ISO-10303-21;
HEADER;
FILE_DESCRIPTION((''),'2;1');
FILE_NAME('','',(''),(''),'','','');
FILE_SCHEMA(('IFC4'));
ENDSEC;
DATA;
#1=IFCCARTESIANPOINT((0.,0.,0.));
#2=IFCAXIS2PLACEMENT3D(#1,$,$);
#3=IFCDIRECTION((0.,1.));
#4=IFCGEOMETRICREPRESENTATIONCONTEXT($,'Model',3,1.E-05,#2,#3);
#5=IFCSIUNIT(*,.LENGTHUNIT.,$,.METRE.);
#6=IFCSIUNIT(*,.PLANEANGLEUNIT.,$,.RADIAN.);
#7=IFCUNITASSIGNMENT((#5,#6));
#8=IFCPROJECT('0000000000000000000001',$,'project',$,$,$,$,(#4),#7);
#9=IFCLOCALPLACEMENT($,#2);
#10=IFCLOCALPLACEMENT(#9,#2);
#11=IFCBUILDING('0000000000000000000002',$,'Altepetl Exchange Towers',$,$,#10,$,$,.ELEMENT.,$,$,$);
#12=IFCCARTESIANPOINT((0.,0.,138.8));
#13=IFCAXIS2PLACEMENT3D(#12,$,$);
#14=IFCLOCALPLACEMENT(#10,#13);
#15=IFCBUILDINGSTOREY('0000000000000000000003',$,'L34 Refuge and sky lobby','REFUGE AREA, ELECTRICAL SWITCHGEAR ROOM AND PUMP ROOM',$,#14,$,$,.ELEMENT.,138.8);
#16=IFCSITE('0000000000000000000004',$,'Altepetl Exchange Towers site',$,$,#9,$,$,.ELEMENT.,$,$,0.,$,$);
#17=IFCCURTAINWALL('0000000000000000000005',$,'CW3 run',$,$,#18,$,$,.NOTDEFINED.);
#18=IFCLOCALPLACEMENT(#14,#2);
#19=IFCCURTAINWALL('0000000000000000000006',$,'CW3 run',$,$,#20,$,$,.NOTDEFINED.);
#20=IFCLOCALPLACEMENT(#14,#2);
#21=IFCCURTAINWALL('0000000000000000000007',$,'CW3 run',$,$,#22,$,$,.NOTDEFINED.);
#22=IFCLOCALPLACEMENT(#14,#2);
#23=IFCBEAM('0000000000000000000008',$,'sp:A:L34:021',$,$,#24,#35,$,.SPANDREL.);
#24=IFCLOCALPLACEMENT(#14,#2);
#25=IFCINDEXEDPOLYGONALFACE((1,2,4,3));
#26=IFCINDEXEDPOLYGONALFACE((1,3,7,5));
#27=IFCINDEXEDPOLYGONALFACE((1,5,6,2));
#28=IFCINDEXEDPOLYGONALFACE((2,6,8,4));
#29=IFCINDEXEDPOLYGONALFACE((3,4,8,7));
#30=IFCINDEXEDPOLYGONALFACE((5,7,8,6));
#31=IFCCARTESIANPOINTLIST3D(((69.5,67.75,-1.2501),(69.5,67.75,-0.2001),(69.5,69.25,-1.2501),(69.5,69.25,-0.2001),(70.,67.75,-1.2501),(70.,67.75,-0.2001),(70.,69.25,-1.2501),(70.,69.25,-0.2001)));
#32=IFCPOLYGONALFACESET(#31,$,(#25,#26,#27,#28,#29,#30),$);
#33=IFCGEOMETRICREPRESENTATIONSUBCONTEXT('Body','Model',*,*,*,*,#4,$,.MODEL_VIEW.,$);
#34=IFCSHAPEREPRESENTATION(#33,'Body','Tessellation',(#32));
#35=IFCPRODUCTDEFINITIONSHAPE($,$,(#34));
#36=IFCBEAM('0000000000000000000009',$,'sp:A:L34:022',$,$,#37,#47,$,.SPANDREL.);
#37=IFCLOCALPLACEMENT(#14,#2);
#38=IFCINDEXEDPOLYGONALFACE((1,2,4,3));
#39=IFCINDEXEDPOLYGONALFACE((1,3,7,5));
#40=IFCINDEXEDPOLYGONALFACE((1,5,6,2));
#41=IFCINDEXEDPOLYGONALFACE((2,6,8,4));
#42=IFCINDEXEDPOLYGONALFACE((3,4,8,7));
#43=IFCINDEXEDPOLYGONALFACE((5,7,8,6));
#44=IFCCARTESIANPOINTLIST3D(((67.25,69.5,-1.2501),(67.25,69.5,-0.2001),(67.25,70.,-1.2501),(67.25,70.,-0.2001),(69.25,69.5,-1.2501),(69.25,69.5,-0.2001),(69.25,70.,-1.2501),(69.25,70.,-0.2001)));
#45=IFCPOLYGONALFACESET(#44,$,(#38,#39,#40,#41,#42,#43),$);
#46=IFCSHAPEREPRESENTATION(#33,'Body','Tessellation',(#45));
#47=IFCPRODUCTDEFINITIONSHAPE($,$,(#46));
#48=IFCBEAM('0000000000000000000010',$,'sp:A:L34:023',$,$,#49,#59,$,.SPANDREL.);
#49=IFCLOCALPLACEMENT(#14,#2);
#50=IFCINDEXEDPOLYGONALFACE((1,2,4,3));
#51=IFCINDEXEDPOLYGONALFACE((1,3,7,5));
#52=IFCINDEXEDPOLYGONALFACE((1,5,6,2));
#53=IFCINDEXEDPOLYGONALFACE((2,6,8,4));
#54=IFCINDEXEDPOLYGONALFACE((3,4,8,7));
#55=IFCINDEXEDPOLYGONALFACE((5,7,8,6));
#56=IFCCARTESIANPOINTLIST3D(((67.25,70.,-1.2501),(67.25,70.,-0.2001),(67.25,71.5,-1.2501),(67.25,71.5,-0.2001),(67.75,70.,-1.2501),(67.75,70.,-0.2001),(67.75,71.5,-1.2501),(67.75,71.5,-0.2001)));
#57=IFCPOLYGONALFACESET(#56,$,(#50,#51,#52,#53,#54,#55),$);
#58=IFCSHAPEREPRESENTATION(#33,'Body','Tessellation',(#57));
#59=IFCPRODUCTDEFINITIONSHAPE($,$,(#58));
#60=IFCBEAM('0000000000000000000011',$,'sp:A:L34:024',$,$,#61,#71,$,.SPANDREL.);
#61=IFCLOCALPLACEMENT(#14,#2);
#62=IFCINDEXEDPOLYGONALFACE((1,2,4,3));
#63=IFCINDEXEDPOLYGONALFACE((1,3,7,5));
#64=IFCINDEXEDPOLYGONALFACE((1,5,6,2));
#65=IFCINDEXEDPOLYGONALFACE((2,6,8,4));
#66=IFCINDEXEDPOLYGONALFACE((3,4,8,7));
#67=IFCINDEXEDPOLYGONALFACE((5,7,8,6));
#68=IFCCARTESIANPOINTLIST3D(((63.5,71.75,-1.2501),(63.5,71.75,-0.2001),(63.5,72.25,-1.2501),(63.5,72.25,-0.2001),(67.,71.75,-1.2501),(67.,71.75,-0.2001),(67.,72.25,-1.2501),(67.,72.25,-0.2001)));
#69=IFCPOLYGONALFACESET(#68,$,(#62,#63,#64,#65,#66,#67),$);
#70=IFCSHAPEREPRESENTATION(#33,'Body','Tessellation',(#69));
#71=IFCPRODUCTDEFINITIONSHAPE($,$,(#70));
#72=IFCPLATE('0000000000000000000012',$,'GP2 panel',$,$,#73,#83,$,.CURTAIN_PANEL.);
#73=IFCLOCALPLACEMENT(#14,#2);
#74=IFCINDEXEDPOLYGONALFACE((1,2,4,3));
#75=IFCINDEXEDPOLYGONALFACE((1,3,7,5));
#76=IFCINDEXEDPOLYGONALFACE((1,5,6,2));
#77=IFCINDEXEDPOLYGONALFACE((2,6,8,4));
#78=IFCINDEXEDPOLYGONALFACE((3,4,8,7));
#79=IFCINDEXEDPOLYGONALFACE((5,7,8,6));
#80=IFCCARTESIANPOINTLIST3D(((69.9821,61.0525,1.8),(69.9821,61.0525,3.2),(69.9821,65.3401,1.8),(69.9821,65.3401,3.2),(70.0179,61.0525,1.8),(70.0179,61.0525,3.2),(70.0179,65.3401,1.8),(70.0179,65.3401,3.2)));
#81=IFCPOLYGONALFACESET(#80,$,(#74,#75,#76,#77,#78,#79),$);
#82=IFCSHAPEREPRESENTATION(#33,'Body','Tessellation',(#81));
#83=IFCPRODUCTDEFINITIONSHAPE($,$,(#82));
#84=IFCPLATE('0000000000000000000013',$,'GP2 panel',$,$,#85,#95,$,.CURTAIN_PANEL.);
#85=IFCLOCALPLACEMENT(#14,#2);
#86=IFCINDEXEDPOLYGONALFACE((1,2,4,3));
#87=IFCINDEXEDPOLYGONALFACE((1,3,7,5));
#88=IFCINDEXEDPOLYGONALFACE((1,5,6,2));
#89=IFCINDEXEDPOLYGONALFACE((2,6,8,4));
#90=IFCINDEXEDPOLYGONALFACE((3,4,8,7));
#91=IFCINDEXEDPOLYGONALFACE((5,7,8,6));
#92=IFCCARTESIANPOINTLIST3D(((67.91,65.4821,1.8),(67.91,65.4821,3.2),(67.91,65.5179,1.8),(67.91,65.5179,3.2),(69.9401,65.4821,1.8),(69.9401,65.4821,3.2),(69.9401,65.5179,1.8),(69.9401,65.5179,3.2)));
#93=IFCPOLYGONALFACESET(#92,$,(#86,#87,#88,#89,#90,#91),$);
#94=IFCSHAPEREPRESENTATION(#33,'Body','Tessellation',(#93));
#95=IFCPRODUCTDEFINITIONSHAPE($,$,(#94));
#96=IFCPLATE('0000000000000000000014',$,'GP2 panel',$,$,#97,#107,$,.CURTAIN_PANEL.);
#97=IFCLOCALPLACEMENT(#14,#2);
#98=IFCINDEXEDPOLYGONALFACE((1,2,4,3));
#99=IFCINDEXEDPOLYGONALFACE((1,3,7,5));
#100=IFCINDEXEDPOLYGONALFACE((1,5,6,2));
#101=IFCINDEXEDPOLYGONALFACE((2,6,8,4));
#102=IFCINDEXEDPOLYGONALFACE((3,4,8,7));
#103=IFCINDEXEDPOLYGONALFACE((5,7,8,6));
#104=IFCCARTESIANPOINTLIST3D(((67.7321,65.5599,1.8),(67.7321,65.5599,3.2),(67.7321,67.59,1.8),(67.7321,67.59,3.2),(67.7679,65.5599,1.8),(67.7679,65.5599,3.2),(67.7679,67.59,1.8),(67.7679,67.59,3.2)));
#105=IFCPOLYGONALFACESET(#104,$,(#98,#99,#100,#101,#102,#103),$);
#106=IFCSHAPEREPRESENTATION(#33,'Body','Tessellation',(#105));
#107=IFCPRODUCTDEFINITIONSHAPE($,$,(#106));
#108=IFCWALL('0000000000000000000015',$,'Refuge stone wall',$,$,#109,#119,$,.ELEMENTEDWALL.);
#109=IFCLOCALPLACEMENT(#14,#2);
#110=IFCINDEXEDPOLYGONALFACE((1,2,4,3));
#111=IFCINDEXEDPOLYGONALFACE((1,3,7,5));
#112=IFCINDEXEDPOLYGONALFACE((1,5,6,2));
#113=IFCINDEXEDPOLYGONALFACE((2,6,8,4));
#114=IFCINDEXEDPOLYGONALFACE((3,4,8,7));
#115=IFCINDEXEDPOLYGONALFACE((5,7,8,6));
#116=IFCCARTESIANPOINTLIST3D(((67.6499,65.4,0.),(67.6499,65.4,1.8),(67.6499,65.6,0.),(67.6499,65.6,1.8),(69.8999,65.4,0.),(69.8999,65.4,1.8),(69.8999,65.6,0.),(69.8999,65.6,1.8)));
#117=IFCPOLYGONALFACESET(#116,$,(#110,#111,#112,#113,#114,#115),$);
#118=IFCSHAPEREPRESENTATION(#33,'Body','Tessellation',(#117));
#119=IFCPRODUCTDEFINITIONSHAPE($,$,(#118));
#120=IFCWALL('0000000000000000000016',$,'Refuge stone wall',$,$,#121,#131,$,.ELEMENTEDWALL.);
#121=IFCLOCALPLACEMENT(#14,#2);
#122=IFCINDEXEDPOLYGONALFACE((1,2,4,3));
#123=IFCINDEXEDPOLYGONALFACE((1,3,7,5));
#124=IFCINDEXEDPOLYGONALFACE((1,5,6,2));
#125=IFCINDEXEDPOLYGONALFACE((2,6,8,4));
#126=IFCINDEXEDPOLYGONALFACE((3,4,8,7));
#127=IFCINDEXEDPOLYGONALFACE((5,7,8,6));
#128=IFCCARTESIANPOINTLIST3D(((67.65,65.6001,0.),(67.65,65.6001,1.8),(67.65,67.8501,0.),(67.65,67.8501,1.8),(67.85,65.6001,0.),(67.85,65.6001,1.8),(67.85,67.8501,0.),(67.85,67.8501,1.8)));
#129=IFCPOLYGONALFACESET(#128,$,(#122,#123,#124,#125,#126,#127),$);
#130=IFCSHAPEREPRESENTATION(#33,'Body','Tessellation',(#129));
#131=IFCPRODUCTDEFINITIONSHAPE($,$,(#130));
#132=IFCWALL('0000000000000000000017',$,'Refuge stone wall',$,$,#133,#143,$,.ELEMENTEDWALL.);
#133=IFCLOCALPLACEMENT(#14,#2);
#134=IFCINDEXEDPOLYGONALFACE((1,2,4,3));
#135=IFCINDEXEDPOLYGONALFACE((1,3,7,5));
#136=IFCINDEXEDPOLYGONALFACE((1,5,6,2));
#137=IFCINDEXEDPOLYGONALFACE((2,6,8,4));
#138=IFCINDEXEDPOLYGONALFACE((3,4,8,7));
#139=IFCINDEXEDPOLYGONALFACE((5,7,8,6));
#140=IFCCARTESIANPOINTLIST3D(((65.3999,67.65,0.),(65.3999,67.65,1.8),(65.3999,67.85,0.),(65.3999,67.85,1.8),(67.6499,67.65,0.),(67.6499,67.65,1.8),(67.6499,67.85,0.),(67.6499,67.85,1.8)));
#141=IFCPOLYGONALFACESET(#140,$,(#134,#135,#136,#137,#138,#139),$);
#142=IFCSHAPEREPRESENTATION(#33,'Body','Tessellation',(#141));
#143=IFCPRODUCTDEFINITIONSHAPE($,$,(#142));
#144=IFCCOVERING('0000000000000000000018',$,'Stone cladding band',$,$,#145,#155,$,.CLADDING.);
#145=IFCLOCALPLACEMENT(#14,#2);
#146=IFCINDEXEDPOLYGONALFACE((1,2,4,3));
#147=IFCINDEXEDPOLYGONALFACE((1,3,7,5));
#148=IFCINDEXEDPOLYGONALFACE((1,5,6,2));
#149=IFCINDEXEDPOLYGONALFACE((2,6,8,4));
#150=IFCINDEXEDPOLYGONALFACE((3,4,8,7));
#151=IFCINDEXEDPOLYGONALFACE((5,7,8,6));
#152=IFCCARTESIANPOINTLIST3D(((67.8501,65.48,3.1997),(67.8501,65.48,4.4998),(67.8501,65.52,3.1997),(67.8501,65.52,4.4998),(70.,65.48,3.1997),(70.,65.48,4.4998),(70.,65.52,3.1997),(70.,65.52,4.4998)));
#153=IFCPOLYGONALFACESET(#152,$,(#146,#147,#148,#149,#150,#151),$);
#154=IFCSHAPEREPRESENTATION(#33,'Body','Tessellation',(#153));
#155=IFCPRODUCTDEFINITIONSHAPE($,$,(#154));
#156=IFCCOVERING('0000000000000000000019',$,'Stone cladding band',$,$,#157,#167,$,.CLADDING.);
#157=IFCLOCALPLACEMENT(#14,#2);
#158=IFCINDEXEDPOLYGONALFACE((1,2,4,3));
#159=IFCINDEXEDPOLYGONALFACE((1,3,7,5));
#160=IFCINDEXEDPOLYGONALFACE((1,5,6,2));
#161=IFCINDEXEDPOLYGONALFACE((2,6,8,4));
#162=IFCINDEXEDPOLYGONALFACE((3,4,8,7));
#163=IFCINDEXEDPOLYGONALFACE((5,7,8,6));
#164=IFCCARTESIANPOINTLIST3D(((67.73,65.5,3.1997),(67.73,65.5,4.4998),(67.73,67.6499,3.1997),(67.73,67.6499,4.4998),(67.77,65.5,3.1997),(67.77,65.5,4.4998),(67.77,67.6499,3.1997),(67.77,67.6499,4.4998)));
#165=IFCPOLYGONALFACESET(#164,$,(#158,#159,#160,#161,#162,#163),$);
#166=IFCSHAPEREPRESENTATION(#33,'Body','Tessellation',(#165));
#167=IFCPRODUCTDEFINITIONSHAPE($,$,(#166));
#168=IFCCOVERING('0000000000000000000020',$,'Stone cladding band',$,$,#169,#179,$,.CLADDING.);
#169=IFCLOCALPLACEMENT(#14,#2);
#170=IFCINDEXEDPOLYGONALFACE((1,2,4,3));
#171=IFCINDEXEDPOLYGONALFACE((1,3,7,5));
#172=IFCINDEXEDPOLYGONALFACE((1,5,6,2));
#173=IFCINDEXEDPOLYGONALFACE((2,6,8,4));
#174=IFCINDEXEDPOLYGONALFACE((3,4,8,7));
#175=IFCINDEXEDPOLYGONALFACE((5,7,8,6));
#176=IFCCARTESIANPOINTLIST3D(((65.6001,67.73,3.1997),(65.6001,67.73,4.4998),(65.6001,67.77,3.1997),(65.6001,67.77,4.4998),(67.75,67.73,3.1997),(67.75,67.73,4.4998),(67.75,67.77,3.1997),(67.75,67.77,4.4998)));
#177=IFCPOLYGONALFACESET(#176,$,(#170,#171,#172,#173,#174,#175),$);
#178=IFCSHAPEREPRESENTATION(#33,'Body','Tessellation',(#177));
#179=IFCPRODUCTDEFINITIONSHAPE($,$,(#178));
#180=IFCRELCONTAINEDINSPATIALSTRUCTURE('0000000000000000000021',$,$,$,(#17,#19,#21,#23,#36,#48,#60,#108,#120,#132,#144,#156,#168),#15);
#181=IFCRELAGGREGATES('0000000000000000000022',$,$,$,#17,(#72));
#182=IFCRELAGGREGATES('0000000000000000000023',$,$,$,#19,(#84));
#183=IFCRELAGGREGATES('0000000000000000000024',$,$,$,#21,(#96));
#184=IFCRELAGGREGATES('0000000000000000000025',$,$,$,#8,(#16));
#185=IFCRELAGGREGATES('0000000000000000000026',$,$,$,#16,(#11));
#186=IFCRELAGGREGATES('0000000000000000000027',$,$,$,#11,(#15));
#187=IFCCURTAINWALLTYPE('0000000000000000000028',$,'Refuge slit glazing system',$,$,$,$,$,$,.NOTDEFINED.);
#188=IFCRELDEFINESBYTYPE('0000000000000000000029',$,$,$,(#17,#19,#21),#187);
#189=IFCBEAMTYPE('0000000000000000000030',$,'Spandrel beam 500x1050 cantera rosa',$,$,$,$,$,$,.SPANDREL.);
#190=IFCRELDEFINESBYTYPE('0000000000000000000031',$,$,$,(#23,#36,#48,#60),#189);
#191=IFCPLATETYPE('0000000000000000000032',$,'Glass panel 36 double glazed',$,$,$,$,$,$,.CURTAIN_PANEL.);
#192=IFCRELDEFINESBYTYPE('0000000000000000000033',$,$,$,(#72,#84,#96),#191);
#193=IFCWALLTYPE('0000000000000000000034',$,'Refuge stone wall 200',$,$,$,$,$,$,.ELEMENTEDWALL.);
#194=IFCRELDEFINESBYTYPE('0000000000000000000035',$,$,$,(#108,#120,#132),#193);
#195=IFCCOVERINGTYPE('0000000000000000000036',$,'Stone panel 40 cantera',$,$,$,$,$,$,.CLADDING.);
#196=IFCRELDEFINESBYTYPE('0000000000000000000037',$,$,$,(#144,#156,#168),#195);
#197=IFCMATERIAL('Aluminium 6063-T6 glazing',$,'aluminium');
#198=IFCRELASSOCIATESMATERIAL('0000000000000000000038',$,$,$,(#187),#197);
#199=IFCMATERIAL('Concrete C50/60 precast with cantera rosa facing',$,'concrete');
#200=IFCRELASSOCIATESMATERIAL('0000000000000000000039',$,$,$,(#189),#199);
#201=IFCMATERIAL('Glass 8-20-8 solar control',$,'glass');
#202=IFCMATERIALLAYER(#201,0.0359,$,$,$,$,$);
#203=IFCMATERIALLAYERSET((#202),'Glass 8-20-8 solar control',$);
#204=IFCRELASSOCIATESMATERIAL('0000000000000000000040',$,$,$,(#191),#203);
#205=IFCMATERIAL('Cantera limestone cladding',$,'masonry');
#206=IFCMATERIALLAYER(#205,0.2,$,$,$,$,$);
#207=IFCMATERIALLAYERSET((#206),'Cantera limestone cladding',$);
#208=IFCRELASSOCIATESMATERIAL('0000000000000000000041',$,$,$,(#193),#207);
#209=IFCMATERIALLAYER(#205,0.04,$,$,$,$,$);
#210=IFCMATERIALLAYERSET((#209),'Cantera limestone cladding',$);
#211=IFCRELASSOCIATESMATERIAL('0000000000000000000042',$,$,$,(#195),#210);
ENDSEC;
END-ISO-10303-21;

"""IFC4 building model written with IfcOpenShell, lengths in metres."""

from ifc_helpers import new_model, si_unit, direction, frame, frame_2d, origin, origin_2d, place, context, subcontext, project, spatial, rectangle, extrude, material, layer, layer_set, material_profile, profile_set, type_object, element, aggregate, save


model = new_model("IFC4")

# Units and contexts
model_context = context("Model", 3, precision=1e-05, world=origin(), true_north=direction((0.0, 1.0)))
body_context = subcontext(model_context, "Body", "Model", "MODEL_VIEW")
ifc_project = project(units=[si_unit("LENGTHUNIT", "METRE"), si_unit("PLANEANGLEUNIT", "RADIAN")], contexts=[model_context])

# Site, building, storey
site_placement = place(None, origin())
site = spatial("IfcSite", under=ifc_project, at=site_placement, Name="Altepetl Exchange Towers site", CompositionType="ELEMENT", RefElevation=0.0)
building_placement = place(site_placement, origin())
building = spatial("IfcBuilding", under=site, at=building_placement, Name="Altepetl Exchange Towers", CompositionType="ELEMENT")
storey_placement = place(building_placement, frame((0.0, 0.0, 138.8)))
storey = spatial("IfcBuildingStorey", under=building, at=storey_placement, Name="L34 Refuge and sky lobby", Description="REFUGE AREA, ELECTRICAL SWITCHGEAR ROOM AND PUMP ROOM", CompositionType="ELEMENT", Elevation=138.8)

# Curtain wall
ifc_material_1 = material(Name="Aluminium 6063-T6 glazing", Category="aluminium")
curtain_wall_type = type_object("IfcCurtainWallType", Name="Refuge slit glazing system", PredefinedType="NOTDEFINED", material=ifc_material_1)
curtain_wall_1_placement = place(storey_placement, origin())
curtain_wall_1 = element("IfcCurtainWall", 1, at=curtain_wall_1_placement, inside=storey, type_object=curtain_wall_type, Name="CW3 run", PredefinedType="NOTDEFINED")

# Curtain walls
curtain_wall_2_placement = place(storey_placement, origin())
curtain_wall_2 = element("IfcCurtainWall", 2, at=curtain_wall_2_placement, inside=storey, type_object=curtain_wall_type, Name="CW3 run", PredefinedType="NOTDEFINED")
curtain_wall_3_placement = place(storey_placement, origin())
curtain_wall_3 = element("IfcCurtainWall", 3, at=curtain_wall_3_placement, inside=storey, type_object=curtain_wall_type, Name="CW3 run", PredefinedType="NOTDEFINED")

# Beams
ifc_material_2 = material(Name="Concrete C50/60 precast with cantera rosa facing", Category="concrete")
ifc_material_profile_1 = material_profile(ifc_material_2, rectangle(XDim=0.5, YDim=1.05, at=origin_2d()), Name="500 x 1050")
ifc_profile_set_1 = profile_set([ifc_material_profile_1], Name="Concrete C50/60 precast with cantera rosa facing")
beam_type = type_object("IfcBeamType", Name="Spandrel beam 500x1050 cantera rosa", PredefinedType="SPANDREL", material=ifc_profile_set_1)
beam_1_placement = place(storey_placement, frame((69.75, 67.75, -0.7251), z_axis=(0.0, 1.0, 0.0), x_axis=(-1.0, 0.0, 0.0)))
element("IfcBeam", 4, at=beam_1_placement, inside=storey, type_object=beam_type, Name="sp:A:L34:021", PredefinedType="SPANDREL", context=body_context, shape_type="SweptSolid", body=[
    extrude(rectangle(XDim=0.5, YDim=1.05, at=origin_2d()), origin(), (0.0, 0.0, 1.0), 1.5),
])
beam_2_placement = place(storey_placement, frame((69.25, 69.75, -0.7251), z_axis=(-1.0, 0.0, 0.0), x_axis=(0.0, -1.0, 0.0)))
element("IfcBeam", 5, at=beam_2_placement, inside=storey, type_object=beam_type, Name="sp:A:L34:022", PredefinedType="SPANDREL", context=body_context, shape_type="SweptSolid", body=[
    extrude(rectangle(XDim=0.5, YDim=1.05, at=origin_2d()), origin(), (0.0, 0.0, 1.0), 2.0),
])
beam_3_placement = place(storey_placement, frame((67.5, 70.0, -0.7251), z_axis=(0.0, 1.0, 0.0), x_axis=(-1.0, 0.0, 0.0)))
element("IfcBeam", 6, at=beam_3_placement, inside=storey, type_object=beam_type, Name="sp:A:L34:023", PredefinedType="SPANDREL", context=body_context, shape_type="SweptSolid", body=[
    extrude(rectangle(XDim=0.5, YDim=1.05, at=origin_2d()), origin(), (0.0, 0.0, 1.0), 1.5),
])
beam_4_placement = place(storey_placement, frame((67.0, 72.0, -0.7251), z_axis=(-1.0, 0.0, 0.0), x_axis=(0.0, -1.0, 0.0)))
element("IfcBeam", 7, at=beam_4_placement, inside=storey, type_object=beam_type, Name="sp:A:L34:024", PredefinedType="SPANDREL", context=body_context, shape_type="SweptSolid", body=[
    extrude(rectangle(XDim=0.5, YDim=1.05, at=origin_2d()), origin(), (0.0, 0.0, 1.0), 3.5),
])

# Plates
ifc_material_3 = material(Name="Glass 8-20-8 solar control", Category="glass")
ifc_layer_1 = layer(ifc_material_3, 0.0359)
ifc_layer_set_1 = layer_set([ifc_layer_1], Name="Glass 8-20-8 solar control")
plate_type = type_object("IfcPlateType", Name="Glass panel 36 double glazed", PredefinedType="CURTAIN_PANEL", material=ifc_layer_set_1)
plate_1_placement = place(storey_placement, frame((70.0, 63.1963, 1.8), z_axis=(0.0, 0.0, 1.0), x_axis=(0.0, 1.0, 0.0)))
plate_1 = element("IfcPlate", 8, at=plate_1_placement, type_object=plate_type, Name="GP2 panel", PredefinedType="CURTAIN_PANEL", context=body_context, shape_type="SweptSolid", body=[
    extrude(rectangle(XDim=4.2876, YDim=0.0359, at=origin_2d()), origin(), (0.0, 0.0, 1.0), 1.3999),
])
aggregate(curtain_wall_1, [plate_1])
plate_2_placement = place(storey_placement, frame((68.925, 65.5, 1.8), z_axis=(0.0, 0.0, 1.0), x_axis=(-1.0, 0.0, 0.0)))
plate_2 = element("IfcPlate", 9, at=plate_2_placement, type_object=plate_type, Name="GP2 panel", PredefinedType="CURTAIN_PANEL", context=body_context, shape_type="SweptSolid", body=[
    extrude(rectangle(XDim=2.03, YDim=0.0359, at=origin_2d()), origin(), (0.0, 0.0, 1.0), 1.3999),
])
aggregate(curtain_wall_2, [plate_2])
plate_3_placement = place(storey_placement, frame((67.75, 66.575, 1.8), z_axis=(0.0, 0.0, 1.0), x_axis=(0.0, 1.0, 0.0)))
plate_3 = element("IfcPlate", 10, at=plate_3_placement, type_object=plate_type, Name="GP2 panel", PredefinedType="CURTAIN_PANEL", context=body_context, shape_type="SweptSolid", body=[
    extrude(rectangle(XDim=2.03, YDim=0.0359, at=origin_2d()), origin(), (0.0, 0.0, 1.0), 1.3999),
])
aggregate(curtain_wall_3, [plate_3])

# Walls
ifc_material_4 = material(Name="Cantera limestone cladding", Category="masonry")
ifc_layer_2 = layer(ifc_material_4, 0.2)
ifc_layer_set_2 = layer_set([ifc_layer_2], Name="Cantera limestone cladding")
wall_type = type_object("IfcWallType", Name="Refuge stone wall 200", PredefinedType="ELEMENTEDWALL", material=ifc_layer_set_2)
for number, where, z_axis, x_axis, name in (
    (11, (69.8999, 65.5, 0.0), (0.0, 0.0, 1.0), (-1.0, 0.0, 0.0), "Refuge stone wall"),
    (12, (67.75, 65.6001, 0.0), (0.0, 0.0, 1.0), (0.0, 1.0, 0.0), "Refuge stone wall"),
    (13, (67.6499, 67.75, 0.0), (0.0, 0.0, 1.0), (-1.0, 0.0, 0.0), "Refuge stone wall"),
):
    element("IfcWall", number, at=place(storey_placement, frame(where, z_axis=z_axis, x_axis=x_axis)), inside=storey, type_object=wall_type, Name=name, PredefinedType="ELEMENTEDWALL", context=body_context, shape_type="SweptSolid", body=[
        extrude(rectangle(XDim=2.25, YDim=0.2, at=frame_2d((1.125, 0.0))), origin(), (0.0, 0.0, 1.0), 1.8),
    ])

# Coverings
ifc_layer_3 = layer(ifc_material_4, 0.04)
ifc_layer_set_3 = layer_set([ifc_layer_3], Name="Cantera limestone cladding")
covering_type = type_object("IfcCoveringType", Name="Stone panel 40 cantera", PredefinedType="CLADDING", material=ifc_layer_set_3)
for number, where, z_axis, x_axis, name in (
    (14, (68.925, 65.5, 3.1997), (0.0, 0.0, 1.0), (-1.0, 0.0, 0.0), "Stone cladding band"),
    (15, (67.75, 66.575, 3.1997), (0.0, 0.0, 1.0), (0.0, 1.0, 0.0), "Stone cladding band"),
    (16, (66.675, 67.75, 3.1997), (0.0, 0.0, 1.0), (-1.0, 0.0, 0.0), "Stone cladding band"),
):
    element("IfcCovering", number, at=place(storey_placement, frame(where, z_axis=z_axis, x_axis=x_axis)), inside=storey, type_object=covering_type, Name=name, PredefinedType="CLADDING", context=body_context, shape_type="SweptSolid", body=[
        extrude(rectangle(XDim=2.1499, YDim=0.04, at=origin_2d()), origin(), (0.0, 0.0, 1.0), 1.3),
    ])

save(model, "model.ifc")
